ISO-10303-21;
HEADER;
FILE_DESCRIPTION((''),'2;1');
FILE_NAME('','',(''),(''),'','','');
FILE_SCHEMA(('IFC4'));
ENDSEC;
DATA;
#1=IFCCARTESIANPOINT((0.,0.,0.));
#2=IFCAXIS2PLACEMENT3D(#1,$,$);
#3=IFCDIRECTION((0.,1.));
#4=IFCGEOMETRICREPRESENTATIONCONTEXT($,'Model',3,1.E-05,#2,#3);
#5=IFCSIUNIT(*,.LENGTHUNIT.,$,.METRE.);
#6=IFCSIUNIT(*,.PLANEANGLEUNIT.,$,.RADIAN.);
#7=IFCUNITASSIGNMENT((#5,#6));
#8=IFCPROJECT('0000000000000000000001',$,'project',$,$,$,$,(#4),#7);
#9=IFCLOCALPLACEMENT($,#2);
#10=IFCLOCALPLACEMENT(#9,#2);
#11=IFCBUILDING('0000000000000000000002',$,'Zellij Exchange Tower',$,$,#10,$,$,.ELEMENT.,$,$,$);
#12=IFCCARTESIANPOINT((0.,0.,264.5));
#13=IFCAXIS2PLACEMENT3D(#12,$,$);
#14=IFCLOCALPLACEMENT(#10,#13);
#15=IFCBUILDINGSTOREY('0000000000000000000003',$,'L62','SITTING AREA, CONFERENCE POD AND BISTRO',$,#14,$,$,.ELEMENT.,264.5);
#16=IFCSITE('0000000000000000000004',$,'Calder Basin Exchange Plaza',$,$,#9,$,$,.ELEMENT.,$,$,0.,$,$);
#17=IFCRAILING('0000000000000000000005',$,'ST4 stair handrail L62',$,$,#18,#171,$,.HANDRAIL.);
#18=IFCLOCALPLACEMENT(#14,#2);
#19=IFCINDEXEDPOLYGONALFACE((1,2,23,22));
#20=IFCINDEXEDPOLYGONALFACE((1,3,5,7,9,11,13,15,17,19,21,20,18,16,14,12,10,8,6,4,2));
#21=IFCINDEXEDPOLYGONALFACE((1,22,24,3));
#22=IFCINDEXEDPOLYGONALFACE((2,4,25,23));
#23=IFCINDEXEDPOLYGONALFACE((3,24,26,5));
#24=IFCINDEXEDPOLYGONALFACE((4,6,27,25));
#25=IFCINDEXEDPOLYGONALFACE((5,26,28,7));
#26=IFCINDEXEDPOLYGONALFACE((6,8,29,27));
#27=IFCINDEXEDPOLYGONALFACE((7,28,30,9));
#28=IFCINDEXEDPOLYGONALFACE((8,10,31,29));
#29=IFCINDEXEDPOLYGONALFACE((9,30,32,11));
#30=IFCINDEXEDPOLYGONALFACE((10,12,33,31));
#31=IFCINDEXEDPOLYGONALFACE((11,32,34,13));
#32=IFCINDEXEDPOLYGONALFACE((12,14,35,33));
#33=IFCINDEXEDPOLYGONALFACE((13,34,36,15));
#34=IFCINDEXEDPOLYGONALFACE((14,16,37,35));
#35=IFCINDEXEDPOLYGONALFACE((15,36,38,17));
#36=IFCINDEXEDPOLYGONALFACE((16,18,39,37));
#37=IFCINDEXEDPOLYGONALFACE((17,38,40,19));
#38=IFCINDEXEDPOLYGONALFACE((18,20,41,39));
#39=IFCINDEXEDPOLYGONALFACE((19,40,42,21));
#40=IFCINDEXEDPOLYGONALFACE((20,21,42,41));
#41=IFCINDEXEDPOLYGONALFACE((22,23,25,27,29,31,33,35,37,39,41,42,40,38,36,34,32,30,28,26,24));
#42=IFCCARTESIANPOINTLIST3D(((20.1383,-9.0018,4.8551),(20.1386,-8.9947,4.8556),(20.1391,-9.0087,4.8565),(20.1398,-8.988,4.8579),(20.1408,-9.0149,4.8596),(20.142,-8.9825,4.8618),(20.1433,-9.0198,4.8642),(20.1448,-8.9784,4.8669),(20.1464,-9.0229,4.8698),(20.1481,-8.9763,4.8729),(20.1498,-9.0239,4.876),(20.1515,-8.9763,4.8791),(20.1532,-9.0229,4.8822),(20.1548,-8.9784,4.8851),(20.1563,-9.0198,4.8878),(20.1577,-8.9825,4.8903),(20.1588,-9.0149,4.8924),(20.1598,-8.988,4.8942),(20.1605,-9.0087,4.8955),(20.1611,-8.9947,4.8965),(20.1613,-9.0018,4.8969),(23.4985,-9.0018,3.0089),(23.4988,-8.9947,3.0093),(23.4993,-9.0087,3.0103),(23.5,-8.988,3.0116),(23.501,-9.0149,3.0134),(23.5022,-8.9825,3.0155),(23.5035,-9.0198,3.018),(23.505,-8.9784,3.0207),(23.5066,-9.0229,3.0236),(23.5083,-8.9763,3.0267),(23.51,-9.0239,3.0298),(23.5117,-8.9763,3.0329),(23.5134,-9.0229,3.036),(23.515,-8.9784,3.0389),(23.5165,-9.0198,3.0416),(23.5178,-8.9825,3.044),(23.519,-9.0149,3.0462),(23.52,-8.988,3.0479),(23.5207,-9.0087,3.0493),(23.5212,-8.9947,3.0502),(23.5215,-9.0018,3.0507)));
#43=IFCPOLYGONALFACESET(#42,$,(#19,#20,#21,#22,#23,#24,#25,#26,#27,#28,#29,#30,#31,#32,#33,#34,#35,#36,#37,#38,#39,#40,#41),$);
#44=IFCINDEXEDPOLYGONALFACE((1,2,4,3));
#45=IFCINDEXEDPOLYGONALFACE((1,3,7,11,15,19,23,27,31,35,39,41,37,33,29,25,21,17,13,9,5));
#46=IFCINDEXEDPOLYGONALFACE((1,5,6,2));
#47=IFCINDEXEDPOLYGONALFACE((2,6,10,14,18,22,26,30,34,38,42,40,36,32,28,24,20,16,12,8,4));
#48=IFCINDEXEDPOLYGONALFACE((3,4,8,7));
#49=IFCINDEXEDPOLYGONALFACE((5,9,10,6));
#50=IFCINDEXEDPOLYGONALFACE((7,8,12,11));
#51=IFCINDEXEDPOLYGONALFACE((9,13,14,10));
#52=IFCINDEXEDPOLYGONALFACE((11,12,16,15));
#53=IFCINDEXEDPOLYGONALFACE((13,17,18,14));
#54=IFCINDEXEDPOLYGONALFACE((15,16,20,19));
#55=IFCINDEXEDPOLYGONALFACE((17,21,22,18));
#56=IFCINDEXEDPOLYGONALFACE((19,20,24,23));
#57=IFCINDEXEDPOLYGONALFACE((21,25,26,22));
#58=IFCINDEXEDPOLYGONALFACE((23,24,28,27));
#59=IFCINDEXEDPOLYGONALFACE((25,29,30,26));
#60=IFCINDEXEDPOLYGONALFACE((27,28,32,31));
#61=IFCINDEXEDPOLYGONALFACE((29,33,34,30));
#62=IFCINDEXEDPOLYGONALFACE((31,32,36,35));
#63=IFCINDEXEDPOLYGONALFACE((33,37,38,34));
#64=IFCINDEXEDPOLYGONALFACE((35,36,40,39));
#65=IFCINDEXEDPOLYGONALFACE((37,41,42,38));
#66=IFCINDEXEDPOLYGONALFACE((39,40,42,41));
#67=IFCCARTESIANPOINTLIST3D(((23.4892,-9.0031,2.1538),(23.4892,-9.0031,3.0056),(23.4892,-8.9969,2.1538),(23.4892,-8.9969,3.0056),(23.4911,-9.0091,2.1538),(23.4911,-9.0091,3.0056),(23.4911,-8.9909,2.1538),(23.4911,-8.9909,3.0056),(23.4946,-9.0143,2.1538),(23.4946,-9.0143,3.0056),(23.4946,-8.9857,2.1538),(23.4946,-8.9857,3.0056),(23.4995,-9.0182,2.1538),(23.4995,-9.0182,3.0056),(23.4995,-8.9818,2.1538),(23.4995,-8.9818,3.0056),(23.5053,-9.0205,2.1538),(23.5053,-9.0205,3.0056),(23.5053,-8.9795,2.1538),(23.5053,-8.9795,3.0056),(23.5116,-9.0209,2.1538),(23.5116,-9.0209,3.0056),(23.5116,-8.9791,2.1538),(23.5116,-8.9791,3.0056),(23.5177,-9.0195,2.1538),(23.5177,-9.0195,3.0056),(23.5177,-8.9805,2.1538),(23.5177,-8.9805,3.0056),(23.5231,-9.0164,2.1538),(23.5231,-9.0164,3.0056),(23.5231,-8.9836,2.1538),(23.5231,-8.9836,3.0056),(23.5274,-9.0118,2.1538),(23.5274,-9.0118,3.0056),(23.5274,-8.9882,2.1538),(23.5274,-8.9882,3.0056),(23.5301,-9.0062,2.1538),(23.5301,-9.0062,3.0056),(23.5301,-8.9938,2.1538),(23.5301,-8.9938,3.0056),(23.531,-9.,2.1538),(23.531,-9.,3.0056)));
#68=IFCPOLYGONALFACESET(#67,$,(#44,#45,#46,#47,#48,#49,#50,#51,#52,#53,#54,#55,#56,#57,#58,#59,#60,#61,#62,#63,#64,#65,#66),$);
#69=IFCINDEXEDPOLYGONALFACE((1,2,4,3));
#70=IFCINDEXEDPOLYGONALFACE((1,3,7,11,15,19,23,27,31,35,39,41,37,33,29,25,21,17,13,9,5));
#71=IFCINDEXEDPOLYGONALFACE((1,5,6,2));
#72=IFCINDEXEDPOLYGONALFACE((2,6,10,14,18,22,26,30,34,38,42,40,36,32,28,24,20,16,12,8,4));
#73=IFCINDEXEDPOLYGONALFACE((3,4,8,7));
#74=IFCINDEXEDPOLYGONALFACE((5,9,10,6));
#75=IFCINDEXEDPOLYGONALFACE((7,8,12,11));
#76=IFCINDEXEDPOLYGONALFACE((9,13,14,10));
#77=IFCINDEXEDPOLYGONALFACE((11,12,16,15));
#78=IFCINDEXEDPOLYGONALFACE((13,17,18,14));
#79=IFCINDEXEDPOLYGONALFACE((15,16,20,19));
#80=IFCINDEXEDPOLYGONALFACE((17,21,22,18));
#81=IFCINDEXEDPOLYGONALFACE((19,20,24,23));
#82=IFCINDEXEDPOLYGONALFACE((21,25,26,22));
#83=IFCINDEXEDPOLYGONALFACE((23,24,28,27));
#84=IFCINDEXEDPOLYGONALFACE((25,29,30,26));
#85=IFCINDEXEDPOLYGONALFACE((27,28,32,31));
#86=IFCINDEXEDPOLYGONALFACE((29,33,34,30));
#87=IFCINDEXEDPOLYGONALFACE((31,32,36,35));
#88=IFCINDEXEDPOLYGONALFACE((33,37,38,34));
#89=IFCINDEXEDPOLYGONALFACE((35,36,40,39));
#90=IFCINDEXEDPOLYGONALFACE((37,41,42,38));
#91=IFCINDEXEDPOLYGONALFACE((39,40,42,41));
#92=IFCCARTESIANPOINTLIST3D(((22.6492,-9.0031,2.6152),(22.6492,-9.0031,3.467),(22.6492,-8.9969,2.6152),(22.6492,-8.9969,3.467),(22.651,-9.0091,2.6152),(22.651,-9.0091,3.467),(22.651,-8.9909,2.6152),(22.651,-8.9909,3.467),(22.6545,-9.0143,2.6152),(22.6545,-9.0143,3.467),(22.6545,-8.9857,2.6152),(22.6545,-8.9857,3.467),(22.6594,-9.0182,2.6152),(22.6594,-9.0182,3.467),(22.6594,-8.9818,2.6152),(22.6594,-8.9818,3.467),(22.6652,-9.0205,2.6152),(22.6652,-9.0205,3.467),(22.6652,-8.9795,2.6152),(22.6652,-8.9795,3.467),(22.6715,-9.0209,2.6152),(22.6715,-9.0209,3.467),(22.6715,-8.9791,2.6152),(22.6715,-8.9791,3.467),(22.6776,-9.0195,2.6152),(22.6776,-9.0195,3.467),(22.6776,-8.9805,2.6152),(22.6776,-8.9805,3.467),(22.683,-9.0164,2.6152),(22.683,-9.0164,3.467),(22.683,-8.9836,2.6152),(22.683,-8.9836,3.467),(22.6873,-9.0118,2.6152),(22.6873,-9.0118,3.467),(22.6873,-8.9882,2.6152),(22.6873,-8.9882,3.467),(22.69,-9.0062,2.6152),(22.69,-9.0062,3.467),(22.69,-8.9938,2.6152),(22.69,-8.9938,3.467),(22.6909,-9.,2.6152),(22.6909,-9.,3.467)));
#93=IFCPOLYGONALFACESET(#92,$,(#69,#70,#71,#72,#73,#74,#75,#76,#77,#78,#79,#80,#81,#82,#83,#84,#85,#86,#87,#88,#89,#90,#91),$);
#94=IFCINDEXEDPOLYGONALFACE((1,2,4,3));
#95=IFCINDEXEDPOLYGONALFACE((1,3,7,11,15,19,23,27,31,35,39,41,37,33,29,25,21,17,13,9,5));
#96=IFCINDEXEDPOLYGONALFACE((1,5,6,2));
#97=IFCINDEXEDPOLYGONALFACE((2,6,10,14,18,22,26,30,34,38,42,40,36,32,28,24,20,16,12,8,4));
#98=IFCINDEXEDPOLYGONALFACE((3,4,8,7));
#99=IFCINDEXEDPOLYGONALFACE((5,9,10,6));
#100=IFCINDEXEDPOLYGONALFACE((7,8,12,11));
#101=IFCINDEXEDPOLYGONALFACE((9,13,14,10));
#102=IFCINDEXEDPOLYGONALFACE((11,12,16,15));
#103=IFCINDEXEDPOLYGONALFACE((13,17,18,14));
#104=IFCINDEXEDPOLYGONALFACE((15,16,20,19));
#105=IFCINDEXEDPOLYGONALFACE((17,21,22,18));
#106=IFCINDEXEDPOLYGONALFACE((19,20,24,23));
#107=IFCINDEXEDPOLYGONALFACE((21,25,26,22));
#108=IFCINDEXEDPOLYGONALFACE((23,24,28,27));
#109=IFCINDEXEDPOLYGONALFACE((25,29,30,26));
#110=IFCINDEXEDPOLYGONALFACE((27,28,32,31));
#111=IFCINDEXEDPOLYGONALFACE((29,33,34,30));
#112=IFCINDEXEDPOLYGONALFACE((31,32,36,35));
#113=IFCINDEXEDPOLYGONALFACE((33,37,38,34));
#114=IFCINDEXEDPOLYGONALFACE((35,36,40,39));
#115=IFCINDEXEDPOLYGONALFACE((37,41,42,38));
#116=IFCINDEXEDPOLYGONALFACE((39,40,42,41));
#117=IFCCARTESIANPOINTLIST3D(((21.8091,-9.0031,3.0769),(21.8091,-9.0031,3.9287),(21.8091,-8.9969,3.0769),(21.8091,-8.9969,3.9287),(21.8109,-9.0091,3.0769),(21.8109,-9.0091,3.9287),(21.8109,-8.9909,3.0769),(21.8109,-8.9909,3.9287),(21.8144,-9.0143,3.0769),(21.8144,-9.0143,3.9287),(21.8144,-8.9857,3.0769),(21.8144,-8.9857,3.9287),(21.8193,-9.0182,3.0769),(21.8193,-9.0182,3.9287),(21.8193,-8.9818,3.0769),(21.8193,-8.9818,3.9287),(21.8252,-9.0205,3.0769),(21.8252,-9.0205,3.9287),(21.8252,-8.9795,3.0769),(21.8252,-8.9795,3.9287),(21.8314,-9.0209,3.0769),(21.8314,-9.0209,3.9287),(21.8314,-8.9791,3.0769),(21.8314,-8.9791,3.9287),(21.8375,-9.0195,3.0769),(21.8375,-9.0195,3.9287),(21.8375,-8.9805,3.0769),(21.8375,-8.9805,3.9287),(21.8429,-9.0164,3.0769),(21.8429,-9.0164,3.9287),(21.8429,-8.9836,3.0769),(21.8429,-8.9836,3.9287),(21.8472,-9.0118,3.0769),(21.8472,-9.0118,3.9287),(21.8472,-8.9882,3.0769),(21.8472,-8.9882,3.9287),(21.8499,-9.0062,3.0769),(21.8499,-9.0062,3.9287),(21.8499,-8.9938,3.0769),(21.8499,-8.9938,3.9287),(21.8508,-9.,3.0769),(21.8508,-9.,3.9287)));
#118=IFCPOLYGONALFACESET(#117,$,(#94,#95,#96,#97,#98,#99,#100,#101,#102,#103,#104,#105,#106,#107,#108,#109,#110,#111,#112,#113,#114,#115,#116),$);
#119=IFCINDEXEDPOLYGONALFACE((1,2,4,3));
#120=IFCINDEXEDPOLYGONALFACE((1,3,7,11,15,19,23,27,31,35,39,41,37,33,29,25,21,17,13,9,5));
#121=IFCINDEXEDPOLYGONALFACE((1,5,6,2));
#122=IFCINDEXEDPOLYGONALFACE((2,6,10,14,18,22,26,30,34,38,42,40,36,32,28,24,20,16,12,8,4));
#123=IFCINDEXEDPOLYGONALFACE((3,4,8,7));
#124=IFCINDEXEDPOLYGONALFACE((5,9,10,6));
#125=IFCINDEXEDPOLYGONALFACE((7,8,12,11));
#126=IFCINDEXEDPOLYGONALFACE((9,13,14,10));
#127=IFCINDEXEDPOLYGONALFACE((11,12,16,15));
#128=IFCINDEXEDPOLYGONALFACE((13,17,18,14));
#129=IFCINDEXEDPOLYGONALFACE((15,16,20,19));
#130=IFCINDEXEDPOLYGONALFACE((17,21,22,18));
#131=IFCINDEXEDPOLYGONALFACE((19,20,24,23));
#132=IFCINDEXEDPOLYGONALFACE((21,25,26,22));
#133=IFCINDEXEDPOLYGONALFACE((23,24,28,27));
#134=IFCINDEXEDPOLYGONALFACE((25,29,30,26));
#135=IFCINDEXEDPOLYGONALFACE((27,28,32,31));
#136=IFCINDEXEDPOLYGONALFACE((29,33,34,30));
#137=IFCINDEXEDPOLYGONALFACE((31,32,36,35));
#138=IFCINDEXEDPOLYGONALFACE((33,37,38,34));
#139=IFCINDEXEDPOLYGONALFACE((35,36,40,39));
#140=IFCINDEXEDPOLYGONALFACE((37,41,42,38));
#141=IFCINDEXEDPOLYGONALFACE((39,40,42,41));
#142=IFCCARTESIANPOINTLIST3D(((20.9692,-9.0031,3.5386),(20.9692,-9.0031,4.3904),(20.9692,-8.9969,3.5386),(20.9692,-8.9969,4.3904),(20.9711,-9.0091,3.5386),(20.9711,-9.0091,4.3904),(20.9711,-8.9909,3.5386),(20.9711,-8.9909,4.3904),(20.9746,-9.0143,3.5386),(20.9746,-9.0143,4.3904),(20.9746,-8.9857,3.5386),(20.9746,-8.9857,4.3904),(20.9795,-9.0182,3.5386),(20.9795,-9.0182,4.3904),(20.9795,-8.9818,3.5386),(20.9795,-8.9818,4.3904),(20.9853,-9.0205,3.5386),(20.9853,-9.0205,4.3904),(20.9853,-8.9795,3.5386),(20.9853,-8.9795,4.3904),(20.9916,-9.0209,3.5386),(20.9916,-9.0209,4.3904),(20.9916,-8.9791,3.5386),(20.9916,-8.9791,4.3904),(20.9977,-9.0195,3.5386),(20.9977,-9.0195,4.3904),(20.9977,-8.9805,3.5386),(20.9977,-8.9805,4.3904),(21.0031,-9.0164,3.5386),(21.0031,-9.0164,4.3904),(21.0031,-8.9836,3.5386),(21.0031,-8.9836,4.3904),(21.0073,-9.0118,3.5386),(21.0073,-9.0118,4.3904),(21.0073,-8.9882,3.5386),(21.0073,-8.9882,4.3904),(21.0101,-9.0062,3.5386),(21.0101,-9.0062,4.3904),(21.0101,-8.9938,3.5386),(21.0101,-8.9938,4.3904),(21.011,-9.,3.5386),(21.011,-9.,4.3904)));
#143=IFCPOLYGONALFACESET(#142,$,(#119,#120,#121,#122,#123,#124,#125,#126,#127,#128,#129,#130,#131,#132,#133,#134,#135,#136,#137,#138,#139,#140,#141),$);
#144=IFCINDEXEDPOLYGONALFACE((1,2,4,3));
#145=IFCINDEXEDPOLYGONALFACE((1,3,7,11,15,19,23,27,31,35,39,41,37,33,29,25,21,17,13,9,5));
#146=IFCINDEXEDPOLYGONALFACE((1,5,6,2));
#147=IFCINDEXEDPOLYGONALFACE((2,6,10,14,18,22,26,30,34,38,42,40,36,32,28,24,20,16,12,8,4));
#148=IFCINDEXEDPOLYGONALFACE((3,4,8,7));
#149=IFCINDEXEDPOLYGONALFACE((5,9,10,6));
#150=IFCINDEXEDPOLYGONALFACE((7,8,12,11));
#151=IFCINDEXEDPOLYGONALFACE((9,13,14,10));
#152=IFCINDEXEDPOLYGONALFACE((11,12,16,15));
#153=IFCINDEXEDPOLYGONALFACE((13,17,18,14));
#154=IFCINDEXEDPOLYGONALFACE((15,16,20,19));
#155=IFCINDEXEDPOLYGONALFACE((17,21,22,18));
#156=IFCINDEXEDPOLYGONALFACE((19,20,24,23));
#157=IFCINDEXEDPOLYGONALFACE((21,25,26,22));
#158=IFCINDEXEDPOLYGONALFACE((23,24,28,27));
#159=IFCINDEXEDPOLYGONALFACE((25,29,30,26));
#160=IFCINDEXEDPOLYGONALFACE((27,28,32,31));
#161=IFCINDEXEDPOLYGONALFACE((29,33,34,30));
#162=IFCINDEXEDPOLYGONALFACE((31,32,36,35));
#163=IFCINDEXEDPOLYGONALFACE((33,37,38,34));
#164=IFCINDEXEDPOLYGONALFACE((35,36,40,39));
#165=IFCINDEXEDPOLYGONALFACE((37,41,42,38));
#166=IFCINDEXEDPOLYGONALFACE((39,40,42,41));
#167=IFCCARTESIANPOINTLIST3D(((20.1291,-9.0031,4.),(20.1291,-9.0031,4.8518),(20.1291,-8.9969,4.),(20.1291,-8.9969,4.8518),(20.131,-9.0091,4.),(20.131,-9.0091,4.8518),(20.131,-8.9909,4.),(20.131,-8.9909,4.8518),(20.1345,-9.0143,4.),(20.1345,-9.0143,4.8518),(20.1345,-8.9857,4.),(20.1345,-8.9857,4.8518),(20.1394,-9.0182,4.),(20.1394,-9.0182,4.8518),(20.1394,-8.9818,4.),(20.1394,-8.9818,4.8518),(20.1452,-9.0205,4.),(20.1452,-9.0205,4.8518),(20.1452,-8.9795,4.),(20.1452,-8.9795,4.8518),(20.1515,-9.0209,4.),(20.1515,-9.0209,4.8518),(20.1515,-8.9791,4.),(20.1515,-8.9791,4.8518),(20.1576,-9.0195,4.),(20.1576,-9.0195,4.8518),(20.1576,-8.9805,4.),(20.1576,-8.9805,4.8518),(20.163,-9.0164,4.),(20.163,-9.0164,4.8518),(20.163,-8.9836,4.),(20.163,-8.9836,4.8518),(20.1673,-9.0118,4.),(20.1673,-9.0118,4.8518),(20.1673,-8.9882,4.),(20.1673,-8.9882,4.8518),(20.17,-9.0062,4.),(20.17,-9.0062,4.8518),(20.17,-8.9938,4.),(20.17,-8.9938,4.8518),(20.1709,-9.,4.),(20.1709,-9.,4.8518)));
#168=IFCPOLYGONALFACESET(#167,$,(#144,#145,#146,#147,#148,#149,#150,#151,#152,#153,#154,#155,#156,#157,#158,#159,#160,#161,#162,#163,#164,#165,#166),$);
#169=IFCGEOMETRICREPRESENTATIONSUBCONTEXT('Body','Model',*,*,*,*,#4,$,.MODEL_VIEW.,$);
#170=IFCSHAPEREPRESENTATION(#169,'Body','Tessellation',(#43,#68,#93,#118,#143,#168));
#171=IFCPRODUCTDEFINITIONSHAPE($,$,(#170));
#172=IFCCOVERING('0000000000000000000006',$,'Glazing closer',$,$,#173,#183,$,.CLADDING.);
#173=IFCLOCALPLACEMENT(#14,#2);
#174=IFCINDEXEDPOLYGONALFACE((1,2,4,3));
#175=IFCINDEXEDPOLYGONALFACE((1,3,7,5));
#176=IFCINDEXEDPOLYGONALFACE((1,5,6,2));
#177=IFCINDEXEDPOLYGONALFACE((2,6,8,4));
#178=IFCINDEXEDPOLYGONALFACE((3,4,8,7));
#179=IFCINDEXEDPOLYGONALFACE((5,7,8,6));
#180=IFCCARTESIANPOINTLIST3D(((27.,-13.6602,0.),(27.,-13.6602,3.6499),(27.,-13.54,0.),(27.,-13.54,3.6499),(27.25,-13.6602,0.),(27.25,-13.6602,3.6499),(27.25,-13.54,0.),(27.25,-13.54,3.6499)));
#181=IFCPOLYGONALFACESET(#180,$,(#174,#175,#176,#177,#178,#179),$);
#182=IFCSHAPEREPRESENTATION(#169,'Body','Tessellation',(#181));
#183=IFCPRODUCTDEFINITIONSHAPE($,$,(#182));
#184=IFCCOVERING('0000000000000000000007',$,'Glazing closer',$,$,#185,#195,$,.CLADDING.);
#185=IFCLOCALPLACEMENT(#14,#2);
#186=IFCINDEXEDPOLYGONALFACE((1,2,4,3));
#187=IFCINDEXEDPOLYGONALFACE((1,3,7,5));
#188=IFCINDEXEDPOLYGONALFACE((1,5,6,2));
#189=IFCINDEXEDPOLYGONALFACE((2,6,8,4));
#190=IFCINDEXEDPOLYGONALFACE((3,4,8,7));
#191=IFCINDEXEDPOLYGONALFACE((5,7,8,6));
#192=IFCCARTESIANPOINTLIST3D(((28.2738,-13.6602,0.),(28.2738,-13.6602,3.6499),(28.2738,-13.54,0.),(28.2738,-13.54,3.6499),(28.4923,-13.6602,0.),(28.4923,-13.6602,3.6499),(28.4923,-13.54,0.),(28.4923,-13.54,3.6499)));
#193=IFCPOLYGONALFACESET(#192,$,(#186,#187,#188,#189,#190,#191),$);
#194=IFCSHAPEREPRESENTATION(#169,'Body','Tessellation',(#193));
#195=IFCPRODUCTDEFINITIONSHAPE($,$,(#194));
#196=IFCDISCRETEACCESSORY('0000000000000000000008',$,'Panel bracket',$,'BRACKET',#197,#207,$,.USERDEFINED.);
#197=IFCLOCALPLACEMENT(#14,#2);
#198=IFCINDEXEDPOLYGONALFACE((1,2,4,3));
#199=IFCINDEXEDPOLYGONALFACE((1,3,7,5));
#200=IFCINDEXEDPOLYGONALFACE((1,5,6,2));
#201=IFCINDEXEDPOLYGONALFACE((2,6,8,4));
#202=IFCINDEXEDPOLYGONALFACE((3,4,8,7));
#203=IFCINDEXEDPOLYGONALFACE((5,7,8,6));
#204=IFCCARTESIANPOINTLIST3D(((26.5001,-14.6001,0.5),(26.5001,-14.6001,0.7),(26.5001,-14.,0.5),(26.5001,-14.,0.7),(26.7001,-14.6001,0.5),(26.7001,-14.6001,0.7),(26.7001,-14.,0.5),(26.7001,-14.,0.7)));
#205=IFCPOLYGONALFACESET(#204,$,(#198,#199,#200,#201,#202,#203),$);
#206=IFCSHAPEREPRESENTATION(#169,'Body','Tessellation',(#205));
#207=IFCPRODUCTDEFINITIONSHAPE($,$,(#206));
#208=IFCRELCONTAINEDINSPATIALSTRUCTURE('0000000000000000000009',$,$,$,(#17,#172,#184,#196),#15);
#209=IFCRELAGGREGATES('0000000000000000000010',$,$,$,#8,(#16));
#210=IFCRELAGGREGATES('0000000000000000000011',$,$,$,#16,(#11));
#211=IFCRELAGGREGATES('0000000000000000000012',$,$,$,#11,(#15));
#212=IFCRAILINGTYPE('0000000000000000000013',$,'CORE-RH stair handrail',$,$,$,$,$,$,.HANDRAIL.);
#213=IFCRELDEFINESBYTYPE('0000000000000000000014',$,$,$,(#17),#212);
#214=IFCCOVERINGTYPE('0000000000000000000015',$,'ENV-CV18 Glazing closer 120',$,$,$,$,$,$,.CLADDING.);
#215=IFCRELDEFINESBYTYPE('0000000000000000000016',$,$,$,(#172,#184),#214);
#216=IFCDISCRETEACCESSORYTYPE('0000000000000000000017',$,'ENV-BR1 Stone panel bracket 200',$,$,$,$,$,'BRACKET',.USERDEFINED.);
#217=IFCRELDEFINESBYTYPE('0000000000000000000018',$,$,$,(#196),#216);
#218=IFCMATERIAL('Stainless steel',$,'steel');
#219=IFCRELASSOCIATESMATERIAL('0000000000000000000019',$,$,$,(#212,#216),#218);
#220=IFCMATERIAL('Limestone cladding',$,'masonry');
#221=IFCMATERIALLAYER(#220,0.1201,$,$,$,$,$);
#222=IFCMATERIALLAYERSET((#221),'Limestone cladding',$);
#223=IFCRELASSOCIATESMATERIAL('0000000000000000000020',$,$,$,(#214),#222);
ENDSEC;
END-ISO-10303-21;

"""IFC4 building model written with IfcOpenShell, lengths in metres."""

from ifc_helpers import new_model, si_unit, direction, frame, origin, origin_2d, place, context, subcontext, project, spatial, rectangle, circle, extrude, material, layer, layer_set, type_object, element, save


model = new_model("IFC4")

# Units and contexts
model_context = context("Model", 3, precision=1e-05, world=origin(), true_north=direction((0.0, 1.0)))
body_context = subcontext(model_context, "Body", "Model", "MODEL_VIEW")
ifc_project = project(units=[si_unit("LENGTHUNIT", "METRE"), si_unit("PLANEANGLEUNIT", "RADIAN")], contexts=[model_context])

# Site, building, storey
site_placement = place(None, origin())
site = spatial("IfcSite", under=ifc_project, at=site_placement, Name="Calder Basin Exchange Plaza", CompositionType="ELEMENT", RefElevation=0.0)
building_placement = place(site_placement, origin())
building = spatial("IfcBuilding", under=site, at=building_placement, Name="Zellij Exchange Tower", CompositionType="ELEMENT")
storey_placement = place(building_placement, frame((0.0, 0.0, 264.5)))
storey = spatial("IfcBuildingStorey", under=building, at=storey_placement, Name="L62", Description="SITTING AREA, CONFERENCE POD AND BISTRO", CompositionType="ELEMENT", Elevation=264.5)

# Railing
ifc_material_1 = material(Name="Stainless steel", Category="steel")
railing_type = type_object("IfcRailingType", Name="CORE-RH stair handrail", PredefinedType="HANDRAIL", material=ifc_material_1)
railing_placement = place(storey_placement, frame((23.51, -9.0, 2.1538)))
element("IfcRailing", 1, at=railing_placement, inside=storey, type_object=railing_type, Name="ST4 stair handrail L62", PredefinedType="HANDRAIL", context=body_context, shape_type="SweptSolid", body=[
    extrude(circle(Radius=0.0239, at=origin_2d()), frame((0.0, 0.0, 0.876), z_axis=(-0.876422, 0.0, 0.481545), x_axis=(0.0, -1.0, 0.0)), (0.0, 0.0, 1.0), 3.834),
    extrude(circle(Radius=0.021, at=origin_2d()), origin(), (0.0, 0.0, 1.0), 0.8518),
    extrude(circle(Radius=0.021, at=origin_2d()), frame((-0.8401, 0.0, 0.4614)), (0.0, 0.0, 1.0), 0.8518),
    extrude(circle(Radius=0.021, at=origin_2d()), frame((-1.6802, 0.0, 0.9231)), (0.0, 0.0, 1.0), 0.8518),
    extrude(circle(Radius=0.021, at=origin_2d()), frame((-2.52, 0.0, 1.3848)), (0.0, 0.0, 1.0), 0.8518),
    extrude(circle(Radius=0.021, at=origin_2d()), frame((-3.3601, 0.0, 1.8462)), (0.0, 0.0, 1.0), 0.8518),
])

# Coverings
ifc_material_2 = material(Name="Limestone cladding", Category="masonry")
ifc_layer_1 = layer(ifc_material_2, 0.1201)
ifc_layer_set_1 = layer_set([ifc_layer_1], Name="Limestone cladding")
covering_type = type_object("IfcCoveringType", Name="ENV-CV18 Glazing closer 120", PredefinedType="CLADDING", material=ifc_layer_set_1)
covering_1_placement = place(storey_placement, frame((27.125, -13.6001, 0.0), z_axis=(0.0, 0.0, 1.0), x_axis=(-1.0, 0.0, 0.0)))
element("IfcCovering", 2, at=covering_1_placement, inside=storey, type_object=covering_type, Name="Glazing closer", PredefinedType="CLADDING", context=body_context, shape_type="SweptSolid", body=[
    extrude(rectangle(XDim=0.25, YDim=0.1201, at=origin_2d()), origin(), (0.0, 0.0, 1.0), 3.6499),
])
covering_2_placement = place(storey_placement, frame((28.3831, -13.6001, 0.0), z_axis=(0.0, 0.0, 1.0), x_axis=(1.0, 0.0, 0.0)))
element("IfcCovering", 3, at=covering_2_placement, inside=storey, type_object=covering_type, Name="Glazing closer", PredefinedType="CLADDING", context=body_context, shape_type="SweptSolid", body=[
    extrude(rectangle(XDim=0.2185, YDim=0.1201, at=origin_2d()), origin(), (0.0, 0.0, 1.0), 3.6499),
])

# Discrete accessory
discrete_accessory_type = type_object("IfcDiscreteAccessoryType", Name="ENV-BR1 Stone panel bracket 200", ElementType="BRACKET", PredefinedType="USERDEFINED", material=ifc_material_1)
for number, where, z_axis, x_axis, name in (
    (4, (26.6001, -14.3, 0.5), (0.0, 0.0, 1.0), (1.0, 0.0, 0.0), "Panel bracket"),
):
    element("IfcDiscreteAccessory", number, at=place(storey_placement, frame(where, z_axis=z_axis, x_axis=x_axis)), inside=storey, type_object=discrete_accessory_type, Name=name, ObjectType="BRACKET", PredefinedType="USERDEFINED", context=body_context, shape_type="SweptSolid", body=[
        extrude(rectangle(XDim=0.2, YDim=0.6001, at=origin_2d()), origin(), (0.0, 0.0, 1.0), 0.2),
    ])

save(model, "model.ifc")
